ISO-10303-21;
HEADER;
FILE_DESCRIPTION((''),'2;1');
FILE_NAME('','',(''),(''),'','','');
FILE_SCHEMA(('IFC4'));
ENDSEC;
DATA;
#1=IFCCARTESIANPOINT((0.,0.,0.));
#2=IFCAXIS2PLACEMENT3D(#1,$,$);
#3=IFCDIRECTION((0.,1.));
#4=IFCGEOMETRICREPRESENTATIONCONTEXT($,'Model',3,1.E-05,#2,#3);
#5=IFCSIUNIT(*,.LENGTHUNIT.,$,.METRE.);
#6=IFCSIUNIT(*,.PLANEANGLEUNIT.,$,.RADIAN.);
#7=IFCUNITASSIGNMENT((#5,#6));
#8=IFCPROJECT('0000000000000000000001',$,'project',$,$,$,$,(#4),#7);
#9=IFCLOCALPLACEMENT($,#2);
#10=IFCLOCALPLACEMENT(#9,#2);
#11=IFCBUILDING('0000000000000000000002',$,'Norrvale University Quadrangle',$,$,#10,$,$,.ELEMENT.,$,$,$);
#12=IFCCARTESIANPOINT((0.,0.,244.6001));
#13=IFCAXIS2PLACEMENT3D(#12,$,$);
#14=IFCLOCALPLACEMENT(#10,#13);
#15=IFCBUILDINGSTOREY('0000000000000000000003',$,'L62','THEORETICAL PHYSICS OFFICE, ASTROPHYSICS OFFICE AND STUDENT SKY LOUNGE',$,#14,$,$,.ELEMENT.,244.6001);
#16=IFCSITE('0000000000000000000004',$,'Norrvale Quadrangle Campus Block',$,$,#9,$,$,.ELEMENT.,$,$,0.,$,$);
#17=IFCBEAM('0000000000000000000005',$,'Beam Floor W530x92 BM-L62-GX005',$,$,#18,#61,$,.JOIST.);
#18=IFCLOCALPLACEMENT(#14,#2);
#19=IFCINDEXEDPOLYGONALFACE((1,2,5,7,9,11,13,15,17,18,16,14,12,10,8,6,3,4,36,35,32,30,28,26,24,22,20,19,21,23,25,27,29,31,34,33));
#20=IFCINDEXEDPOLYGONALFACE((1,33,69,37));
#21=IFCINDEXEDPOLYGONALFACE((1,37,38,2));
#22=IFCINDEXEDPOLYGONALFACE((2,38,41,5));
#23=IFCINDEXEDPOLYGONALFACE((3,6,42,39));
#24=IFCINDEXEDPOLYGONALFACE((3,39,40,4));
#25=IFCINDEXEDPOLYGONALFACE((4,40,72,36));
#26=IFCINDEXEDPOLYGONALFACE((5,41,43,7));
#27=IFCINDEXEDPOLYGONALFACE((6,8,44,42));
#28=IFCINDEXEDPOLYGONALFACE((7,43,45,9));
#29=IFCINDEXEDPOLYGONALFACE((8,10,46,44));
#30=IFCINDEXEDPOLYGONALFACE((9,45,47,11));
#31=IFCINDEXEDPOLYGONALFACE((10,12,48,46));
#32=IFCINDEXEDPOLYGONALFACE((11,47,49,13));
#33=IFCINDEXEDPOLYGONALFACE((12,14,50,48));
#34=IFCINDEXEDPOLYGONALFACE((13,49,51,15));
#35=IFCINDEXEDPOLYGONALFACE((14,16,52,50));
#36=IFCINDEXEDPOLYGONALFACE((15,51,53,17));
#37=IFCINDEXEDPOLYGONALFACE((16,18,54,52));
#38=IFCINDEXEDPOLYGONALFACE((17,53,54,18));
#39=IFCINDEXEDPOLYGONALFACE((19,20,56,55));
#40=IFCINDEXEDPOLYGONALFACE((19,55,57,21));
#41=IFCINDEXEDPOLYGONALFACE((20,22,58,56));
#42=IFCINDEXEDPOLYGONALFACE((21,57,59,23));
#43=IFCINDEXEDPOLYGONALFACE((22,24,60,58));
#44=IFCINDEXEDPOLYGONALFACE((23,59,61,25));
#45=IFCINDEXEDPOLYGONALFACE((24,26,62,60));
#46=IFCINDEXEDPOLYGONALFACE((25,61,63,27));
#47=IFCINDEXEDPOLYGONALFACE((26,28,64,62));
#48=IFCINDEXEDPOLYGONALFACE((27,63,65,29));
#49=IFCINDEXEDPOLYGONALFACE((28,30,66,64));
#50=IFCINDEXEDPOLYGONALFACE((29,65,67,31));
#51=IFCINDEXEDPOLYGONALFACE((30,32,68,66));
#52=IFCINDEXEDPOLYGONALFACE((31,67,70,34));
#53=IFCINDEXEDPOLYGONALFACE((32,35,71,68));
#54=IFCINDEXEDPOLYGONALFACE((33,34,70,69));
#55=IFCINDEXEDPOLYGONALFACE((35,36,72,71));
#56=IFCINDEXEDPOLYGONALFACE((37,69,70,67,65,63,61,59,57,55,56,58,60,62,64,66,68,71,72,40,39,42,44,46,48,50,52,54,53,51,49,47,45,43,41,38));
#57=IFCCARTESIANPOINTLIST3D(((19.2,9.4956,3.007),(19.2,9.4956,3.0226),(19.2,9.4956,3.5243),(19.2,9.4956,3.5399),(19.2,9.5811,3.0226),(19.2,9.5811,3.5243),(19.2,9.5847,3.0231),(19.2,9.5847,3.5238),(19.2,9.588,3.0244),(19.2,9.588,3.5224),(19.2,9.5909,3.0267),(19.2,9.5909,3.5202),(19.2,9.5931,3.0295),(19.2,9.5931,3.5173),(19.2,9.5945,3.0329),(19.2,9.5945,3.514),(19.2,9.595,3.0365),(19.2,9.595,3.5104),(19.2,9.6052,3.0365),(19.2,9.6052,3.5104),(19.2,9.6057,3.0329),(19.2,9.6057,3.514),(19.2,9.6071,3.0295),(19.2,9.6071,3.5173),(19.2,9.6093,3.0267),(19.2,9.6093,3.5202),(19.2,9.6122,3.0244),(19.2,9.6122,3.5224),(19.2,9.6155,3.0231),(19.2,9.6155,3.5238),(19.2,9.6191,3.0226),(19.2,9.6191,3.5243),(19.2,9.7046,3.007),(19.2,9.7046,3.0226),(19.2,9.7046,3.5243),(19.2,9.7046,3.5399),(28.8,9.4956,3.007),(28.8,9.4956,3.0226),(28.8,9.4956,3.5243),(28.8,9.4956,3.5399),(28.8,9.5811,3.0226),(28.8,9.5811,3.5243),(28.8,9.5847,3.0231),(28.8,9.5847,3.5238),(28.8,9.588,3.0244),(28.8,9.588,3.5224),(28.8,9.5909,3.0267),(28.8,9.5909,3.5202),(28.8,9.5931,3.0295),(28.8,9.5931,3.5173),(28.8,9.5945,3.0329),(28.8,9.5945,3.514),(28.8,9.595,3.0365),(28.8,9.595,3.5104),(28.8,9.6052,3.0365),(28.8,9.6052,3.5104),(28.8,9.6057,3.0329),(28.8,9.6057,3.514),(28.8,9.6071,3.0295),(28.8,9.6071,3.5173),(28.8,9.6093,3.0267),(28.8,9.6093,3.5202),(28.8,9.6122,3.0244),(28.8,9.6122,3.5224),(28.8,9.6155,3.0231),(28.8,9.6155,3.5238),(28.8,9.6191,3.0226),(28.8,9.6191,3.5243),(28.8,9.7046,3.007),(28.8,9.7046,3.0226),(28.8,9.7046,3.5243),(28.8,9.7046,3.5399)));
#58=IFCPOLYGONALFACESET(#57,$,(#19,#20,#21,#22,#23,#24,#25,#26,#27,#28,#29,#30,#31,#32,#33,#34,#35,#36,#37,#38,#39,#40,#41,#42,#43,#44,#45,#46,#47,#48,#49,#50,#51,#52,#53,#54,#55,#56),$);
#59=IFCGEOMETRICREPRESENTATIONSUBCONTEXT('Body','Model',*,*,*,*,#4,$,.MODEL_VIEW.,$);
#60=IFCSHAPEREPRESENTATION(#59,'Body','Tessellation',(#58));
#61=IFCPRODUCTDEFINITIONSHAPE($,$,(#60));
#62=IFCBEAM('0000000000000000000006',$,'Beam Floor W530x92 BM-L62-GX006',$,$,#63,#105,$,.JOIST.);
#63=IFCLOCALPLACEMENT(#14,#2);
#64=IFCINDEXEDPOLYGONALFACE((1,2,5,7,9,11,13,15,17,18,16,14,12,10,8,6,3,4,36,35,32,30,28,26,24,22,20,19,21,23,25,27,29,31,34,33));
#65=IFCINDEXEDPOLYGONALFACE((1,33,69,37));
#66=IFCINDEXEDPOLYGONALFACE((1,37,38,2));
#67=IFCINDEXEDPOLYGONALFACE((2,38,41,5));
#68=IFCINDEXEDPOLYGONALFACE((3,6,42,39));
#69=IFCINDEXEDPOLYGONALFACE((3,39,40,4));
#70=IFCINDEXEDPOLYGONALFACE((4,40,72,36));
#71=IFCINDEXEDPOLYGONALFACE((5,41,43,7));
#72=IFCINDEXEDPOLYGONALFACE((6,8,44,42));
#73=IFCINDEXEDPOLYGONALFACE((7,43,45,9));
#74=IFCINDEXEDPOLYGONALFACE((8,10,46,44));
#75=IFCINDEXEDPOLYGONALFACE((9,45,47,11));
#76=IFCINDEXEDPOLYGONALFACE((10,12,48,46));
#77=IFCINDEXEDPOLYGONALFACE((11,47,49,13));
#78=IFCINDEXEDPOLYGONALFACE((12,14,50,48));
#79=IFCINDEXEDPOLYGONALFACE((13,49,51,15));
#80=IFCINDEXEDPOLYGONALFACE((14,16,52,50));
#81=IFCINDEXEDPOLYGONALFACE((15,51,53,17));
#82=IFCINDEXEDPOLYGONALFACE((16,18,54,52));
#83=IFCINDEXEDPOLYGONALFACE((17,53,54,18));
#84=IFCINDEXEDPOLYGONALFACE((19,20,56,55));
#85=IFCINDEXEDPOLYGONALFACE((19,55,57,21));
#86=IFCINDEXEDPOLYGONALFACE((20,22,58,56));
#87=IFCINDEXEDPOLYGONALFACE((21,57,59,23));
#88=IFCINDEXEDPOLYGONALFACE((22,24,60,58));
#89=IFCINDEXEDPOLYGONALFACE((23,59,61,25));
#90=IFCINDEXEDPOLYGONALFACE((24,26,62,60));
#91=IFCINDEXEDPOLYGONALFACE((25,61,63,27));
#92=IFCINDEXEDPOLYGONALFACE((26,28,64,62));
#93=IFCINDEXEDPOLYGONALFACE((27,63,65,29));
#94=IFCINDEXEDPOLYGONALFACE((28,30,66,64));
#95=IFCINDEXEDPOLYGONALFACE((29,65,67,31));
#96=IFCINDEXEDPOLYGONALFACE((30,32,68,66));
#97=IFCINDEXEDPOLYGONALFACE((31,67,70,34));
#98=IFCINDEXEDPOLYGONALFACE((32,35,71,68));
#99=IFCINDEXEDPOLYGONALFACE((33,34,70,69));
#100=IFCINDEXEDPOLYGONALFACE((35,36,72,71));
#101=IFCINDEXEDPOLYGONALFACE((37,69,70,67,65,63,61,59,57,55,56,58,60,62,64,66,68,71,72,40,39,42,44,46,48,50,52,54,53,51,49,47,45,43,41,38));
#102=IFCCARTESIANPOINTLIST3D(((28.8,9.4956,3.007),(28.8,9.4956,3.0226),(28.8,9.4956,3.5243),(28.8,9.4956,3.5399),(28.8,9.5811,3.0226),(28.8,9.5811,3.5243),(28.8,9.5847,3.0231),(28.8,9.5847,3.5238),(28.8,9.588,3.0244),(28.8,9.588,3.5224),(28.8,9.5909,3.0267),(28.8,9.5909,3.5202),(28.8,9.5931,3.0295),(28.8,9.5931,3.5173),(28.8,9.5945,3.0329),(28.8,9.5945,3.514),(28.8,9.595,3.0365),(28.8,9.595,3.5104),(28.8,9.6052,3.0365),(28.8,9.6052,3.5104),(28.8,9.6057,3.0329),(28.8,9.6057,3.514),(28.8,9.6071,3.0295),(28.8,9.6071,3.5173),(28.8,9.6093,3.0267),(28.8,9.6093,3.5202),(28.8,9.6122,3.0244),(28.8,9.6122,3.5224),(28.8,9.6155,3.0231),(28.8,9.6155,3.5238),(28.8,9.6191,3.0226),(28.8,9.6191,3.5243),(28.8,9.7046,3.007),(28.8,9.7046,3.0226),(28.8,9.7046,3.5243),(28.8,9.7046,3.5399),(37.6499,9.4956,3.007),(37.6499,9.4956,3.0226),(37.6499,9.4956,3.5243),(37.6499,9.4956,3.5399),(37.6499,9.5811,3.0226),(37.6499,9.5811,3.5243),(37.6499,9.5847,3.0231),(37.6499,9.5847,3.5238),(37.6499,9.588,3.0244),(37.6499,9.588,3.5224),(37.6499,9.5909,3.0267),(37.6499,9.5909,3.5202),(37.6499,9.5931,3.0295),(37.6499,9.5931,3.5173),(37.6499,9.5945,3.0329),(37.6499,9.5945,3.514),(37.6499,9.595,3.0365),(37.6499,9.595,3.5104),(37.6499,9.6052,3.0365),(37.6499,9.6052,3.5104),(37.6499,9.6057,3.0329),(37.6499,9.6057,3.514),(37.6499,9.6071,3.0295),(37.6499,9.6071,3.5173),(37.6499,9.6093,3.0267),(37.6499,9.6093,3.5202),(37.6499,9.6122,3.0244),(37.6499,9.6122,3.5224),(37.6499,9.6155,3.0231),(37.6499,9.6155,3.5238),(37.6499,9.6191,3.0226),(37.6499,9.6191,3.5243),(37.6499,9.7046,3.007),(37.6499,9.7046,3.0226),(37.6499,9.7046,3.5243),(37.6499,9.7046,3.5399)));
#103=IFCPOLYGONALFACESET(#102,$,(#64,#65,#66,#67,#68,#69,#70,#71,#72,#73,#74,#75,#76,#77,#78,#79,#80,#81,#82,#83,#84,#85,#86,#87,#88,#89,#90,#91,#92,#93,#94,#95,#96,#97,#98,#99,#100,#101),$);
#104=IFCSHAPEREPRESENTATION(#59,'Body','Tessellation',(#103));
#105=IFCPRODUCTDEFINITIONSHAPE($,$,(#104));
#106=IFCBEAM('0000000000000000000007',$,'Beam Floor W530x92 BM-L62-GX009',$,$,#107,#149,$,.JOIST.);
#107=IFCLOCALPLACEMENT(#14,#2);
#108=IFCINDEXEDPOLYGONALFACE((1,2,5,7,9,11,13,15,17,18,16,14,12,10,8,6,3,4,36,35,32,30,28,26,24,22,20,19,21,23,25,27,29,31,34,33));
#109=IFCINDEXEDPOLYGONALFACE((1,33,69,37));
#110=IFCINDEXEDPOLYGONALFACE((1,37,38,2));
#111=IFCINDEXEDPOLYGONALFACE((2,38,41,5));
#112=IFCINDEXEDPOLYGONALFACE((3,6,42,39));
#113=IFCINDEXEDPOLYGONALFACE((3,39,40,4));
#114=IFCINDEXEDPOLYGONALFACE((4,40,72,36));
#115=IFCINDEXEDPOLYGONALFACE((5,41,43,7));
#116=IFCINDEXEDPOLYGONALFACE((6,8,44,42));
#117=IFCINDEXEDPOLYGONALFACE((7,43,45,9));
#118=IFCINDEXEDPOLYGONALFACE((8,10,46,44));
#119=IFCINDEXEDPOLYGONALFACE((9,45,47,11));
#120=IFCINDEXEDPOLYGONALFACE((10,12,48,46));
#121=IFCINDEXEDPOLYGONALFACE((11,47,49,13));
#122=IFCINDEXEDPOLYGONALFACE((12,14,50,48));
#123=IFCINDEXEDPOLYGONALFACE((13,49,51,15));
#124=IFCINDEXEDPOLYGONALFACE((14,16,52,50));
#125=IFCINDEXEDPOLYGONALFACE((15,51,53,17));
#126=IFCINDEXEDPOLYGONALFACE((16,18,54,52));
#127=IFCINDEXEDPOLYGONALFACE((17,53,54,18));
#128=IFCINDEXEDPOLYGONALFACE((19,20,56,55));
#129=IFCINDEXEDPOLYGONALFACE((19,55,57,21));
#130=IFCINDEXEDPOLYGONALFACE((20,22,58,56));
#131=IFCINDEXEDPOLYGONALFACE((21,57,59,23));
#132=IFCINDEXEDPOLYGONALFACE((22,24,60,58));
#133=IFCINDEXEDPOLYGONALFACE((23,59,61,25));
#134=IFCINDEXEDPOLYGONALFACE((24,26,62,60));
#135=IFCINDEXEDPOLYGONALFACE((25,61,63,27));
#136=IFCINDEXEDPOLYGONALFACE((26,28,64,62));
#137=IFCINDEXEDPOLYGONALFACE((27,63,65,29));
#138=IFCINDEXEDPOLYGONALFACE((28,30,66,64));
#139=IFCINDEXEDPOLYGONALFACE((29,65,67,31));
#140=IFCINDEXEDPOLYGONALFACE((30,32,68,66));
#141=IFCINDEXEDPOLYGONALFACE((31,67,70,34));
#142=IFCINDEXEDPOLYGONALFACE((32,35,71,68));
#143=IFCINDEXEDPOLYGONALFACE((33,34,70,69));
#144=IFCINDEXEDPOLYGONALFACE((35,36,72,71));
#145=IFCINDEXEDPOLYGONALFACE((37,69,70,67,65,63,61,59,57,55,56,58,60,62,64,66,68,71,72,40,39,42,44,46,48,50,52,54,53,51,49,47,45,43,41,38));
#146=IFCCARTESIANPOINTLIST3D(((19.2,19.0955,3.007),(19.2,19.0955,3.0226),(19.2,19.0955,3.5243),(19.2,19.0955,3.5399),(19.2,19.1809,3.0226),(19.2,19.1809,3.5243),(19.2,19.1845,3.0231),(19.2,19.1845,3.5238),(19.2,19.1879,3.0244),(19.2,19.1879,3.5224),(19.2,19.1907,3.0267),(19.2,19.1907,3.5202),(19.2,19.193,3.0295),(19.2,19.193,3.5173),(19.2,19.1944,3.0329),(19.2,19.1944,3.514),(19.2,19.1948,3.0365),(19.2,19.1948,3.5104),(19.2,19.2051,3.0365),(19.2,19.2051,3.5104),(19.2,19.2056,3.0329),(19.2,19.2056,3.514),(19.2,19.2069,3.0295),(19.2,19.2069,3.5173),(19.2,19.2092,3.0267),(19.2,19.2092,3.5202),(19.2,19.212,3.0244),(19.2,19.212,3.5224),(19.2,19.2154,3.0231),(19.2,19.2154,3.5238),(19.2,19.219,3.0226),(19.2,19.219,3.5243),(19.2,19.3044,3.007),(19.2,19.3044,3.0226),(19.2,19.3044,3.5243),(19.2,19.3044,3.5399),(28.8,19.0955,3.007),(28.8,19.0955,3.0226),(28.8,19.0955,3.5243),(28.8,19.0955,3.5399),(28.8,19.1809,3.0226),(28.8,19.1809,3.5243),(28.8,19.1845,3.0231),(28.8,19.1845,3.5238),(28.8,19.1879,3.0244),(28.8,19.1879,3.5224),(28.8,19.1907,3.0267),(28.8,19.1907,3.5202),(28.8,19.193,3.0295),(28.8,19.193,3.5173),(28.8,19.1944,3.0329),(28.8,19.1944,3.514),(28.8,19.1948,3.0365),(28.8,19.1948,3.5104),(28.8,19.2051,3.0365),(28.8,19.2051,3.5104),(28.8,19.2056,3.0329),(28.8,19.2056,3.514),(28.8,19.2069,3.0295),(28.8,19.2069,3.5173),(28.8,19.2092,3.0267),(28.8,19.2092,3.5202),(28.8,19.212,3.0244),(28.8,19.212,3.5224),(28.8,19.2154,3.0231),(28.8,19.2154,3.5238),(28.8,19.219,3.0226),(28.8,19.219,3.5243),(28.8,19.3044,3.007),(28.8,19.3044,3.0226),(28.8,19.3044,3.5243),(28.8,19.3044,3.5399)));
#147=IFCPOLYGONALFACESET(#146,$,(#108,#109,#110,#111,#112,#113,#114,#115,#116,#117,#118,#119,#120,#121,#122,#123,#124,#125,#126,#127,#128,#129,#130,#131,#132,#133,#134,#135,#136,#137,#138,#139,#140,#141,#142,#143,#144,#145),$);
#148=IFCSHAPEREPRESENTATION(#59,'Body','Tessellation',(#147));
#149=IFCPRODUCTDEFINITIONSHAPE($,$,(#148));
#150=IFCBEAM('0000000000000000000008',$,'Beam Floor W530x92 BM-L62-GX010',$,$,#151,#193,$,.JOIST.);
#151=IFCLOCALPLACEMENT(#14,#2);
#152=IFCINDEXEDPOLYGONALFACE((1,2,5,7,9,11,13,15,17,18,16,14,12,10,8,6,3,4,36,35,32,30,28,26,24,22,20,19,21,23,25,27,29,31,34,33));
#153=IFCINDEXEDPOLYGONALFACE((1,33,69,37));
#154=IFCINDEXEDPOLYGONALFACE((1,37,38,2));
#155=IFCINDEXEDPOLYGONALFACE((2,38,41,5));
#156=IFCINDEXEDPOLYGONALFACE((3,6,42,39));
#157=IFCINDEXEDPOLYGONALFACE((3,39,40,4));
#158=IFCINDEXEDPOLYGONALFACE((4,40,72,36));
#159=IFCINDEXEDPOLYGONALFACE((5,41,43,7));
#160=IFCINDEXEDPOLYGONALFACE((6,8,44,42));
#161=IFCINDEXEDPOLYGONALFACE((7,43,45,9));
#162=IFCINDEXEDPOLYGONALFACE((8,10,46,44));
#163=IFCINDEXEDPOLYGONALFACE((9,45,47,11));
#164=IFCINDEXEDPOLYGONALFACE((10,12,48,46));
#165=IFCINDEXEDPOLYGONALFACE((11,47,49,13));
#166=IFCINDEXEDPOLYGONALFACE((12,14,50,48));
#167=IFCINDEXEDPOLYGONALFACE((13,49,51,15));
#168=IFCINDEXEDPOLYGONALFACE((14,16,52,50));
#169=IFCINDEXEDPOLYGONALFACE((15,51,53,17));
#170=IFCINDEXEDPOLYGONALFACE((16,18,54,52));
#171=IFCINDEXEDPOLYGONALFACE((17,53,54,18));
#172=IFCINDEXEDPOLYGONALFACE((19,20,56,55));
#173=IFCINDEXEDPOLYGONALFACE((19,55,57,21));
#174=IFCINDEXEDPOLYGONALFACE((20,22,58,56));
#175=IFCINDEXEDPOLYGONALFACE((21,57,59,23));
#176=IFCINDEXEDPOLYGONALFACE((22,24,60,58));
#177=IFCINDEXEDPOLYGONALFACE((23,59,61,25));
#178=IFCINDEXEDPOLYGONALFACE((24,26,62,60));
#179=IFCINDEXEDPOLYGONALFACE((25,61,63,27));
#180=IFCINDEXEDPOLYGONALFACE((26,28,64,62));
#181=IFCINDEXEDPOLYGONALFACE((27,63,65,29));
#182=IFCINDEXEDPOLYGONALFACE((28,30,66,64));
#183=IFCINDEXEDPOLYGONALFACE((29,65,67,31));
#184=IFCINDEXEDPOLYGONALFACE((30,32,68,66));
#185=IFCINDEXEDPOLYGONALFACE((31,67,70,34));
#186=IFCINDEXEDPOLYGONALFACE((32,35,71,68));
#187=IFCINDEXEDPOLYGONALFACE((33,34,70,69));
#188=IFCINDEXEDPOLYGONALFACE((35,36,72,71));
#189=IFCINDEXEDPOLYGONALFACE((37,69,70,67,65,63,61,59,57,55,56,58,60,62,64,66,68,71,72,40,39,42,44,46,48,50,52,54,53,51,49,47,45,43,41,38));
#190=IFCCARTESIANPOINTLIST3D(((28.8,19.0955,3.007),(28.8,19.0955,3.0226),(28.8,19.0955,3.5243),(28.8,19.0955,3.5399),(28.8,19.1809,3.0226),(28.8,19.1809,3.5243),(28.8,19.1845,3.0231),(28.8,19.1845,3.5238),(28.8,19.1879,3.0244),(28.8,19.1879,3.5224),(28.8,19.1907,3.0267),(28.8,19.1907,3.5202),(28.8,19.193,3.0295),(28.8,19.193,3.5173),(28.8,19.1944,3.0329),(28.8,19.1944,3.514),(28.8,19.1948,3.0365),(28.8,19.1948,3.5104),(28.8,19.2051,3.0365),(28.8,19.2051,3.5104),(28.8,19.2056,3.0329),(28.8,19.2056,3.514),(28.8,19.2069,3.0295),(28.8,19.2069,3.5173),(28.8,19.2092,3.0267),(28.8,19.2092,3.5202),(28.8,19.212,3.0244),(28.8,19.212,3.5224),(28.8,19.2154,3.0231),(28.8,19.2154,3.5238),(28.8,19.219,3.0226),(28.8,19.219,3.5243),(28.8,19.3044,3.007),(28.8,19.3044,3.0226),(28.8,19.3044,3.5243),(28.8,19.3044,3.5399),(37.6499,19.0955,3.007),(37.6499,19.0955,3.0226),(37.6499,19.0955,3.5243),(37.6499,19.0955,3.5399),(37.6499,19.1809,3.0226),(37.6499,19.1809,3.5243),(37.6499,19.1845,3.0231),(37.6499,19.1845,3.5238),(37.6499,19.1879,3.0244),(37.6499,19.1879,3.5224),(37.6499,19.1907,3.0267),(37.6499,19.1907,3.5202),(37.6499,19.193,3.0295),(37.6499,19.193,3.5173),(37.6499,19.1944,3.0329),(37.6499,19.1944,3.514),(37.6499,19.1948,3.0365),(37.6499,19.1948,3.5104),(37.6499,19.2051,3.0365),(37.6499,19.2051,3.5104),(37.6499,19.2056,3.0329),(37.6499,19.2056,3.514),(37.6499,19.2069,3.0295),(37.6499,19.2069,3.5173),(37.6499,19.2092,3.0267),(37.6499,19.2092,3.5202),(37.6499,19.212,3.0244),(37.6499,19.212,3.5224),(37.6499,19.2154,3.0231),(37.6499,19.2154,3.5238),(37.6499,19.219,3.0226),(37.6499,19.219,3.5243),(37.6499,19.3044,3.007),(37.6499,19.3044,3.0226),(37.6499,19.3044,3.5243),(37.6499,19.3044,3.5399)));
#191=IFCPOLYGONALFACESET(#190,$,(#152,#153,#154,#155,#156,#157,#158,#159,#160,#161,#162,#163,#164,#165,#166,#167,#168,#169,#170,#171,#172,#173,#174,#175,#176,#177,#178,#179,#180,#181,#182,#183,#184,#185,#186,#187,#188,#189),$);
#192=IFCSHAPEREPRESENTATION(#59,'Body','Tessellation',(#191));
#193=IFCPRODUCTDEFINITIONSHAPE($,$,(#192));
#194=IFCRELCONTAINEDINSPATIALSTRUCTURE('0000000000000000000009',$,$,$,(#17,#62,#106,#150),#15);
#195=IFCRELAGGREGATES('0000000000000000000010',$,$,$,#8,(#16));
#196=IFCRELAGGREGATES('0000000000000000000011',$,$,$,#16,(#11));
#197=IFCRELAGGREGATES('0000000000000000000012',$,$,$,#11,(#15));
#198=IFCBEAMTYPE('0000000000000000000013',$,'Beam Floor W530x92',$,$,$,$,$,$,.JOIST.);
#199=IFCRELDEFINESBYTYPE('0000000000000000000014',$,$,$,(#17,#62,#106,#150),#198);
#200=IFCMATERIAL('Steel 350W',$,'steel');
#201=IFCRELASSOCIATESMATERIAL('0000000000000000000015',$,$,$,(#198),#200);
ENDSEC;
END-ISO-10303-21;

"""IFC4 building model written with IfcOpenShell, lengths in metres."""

from ifc_helpers import new_model, si_unit, direction, frame, origin, origin_2d, place, context, subcontext, project, spatial, i_section, extrude, material, material_profile, profile_set, type_object, element, save


model = new_model("IFC4")

# Units and contexts
model_context = context("Model", 3, precision=1e-05, world=origin(), true_north=direction((0.0, 1.0)))
body_context = subcontext(model_context, "Body", "Model", "MODEL_VIEW")
ifc_project = project(units=[si_unit("LENGTHUNIT", "METRE"), si_unit("PLANEANGLEUNIT", "RADIAN")], contexts=[model_context])

# Site, building, storey
site_placement = place(None, origin())
site = spatial("IfcSite", under=ifc_project, at=site_placement, Name="Norrvale Quadrangle Campus Block", CompositionType="ELEMENT", RefElevation=0.0)
building_placement = place(site_placement, origin())
building = spatial("IfcBuilding", under=site, at=building_placement, Name="Norrvale University Quadrangle", CompositionType="ELEMENT")
storey_placement = place(building_placement, frame((0.0, 0.0, 244.6001)))
storey = spatial("IfcBuildingStorey", under=building, at=storey_placement, Name="L62", Description="THEORETICAL PHYSICS OFFICE, ASTROPHYSICS OFFICE AND STUDENT SKY LOUNGE", CompositionType="ELEMENT", Elevation=244.6001)

# Beams
ifc_material_1 = material(Name="Steel 350W", Category="steel")
ifc_material_profile_1 = material_profile(ifc_material_1, i_section(OverallWidth=0.209, OverallDepth=0.533, WebThickness=0.0103, FlangeThickness=0.0156, FilletRadius=0.0139, at=origin_2d()), Name="Steel 350W")
ifc_profile_set_1 = profile_set([ifc_material_profile_1], Name="Steel 350W")
beam_type_1 = type_object("IfcBeamType", Name="Beam Floor W530x92", PredefinedType="JOIST", material=ifc_profile_set_1)
beam_1_placement = place(storey_placement, frame((19.2, 9.6001, 3.2734), z_axis=(1.0, 0.0, 0.0), x_axis=(0.0, 1.0, 0.0)))
element("IfcBeam", 1, at=beam_1_placement, inside=storey, type_object=beam_type_1, Name="Beam Floor W530x92 BM-L62-GX005", PredefinedType="JOIST", context=body_context, shape_type="SweptSolid", body=[
    extrude(i_section(OverallWidth=0.209, OverallDepth=0.533, WebThickness=0.0103, FlangeThickness=0.0156, FilletRadius=0.0139, at=origin_2d()), origin(), (0.0, 0.0, 1.0), 9.6001),
])
beam_2_placement = place(storey_placement, frame((28.8, 9.6001, 3.2734), z_axis=(1.0, 0.0, 0.0), x_axis=(0.0, 1.0, 0.0)))
element("IfcBeam", 2, at=beam_2_placement, inside=storey, type_object=beam_type_1, Name="Beam Floor W530x92 BM-L62-GX006", PredefinedType="JOIST", context=body_context, shape_type="SweptSolid", body=[
    extrude(i_section(OverallWidth=0.209, OverallDepth=0.533, WebThickness=0.0103, FlangeThickness=0.0156, FilletRadius=0.0139, at=origin_2d()), origin(), (0.0, 0.0, 1.0), 8.8499),
])
beam_3_placement = place(storey_placement, frame((19.2, 19.2, 3.2734), z_axis=(1.0, 0.0, 0.0), x_axis=(0.0, 1.0, 0.0)))
element("IfcBeam", 3, at=beam_3_placement, inside=storey, type_object=beam_type_1, Name="Beam Floor W530x92 BM-L62-GX009", PredefinedType="JOIST", context=body_context, shape_type="SweptSolid", body=[
    extrude(i_section(OverallWidth=0.209, OverallDepth=0.533, WebThickness=0.0103, FlangeThickness=0.0156, FilletRadius=0.0139, at=origin_2d()), origin(), (0.0, 0.0, 1.0), 9.6001),
])
beam_4_placement = place(storey_placement, frame((28.8, 19.2, 3.2734), z_axis=(1.0, 0.0, 0.0), x_axis=(0.0, 1.0, 0.0)))
element("IfcBeam", 4, at=beam_4_placement, inside=storey, type_object=beam_type_1, Name="Beam Floor W530x92 BM-L62-GX010", PredefinedType="JOIST", context=body_context, shape_type="SweptSolid", body=[
    extrude(i_section(OverallWidth=0.209, OverallDepth=0.533, WebThickness=0.0103, FlangeThickness=0.0156, FilletRadius=0.0139, at=origin_2d()), origin(), (0.0, 0.0, 1.0), 8.8499),
])

save(model, "model.ifc")
